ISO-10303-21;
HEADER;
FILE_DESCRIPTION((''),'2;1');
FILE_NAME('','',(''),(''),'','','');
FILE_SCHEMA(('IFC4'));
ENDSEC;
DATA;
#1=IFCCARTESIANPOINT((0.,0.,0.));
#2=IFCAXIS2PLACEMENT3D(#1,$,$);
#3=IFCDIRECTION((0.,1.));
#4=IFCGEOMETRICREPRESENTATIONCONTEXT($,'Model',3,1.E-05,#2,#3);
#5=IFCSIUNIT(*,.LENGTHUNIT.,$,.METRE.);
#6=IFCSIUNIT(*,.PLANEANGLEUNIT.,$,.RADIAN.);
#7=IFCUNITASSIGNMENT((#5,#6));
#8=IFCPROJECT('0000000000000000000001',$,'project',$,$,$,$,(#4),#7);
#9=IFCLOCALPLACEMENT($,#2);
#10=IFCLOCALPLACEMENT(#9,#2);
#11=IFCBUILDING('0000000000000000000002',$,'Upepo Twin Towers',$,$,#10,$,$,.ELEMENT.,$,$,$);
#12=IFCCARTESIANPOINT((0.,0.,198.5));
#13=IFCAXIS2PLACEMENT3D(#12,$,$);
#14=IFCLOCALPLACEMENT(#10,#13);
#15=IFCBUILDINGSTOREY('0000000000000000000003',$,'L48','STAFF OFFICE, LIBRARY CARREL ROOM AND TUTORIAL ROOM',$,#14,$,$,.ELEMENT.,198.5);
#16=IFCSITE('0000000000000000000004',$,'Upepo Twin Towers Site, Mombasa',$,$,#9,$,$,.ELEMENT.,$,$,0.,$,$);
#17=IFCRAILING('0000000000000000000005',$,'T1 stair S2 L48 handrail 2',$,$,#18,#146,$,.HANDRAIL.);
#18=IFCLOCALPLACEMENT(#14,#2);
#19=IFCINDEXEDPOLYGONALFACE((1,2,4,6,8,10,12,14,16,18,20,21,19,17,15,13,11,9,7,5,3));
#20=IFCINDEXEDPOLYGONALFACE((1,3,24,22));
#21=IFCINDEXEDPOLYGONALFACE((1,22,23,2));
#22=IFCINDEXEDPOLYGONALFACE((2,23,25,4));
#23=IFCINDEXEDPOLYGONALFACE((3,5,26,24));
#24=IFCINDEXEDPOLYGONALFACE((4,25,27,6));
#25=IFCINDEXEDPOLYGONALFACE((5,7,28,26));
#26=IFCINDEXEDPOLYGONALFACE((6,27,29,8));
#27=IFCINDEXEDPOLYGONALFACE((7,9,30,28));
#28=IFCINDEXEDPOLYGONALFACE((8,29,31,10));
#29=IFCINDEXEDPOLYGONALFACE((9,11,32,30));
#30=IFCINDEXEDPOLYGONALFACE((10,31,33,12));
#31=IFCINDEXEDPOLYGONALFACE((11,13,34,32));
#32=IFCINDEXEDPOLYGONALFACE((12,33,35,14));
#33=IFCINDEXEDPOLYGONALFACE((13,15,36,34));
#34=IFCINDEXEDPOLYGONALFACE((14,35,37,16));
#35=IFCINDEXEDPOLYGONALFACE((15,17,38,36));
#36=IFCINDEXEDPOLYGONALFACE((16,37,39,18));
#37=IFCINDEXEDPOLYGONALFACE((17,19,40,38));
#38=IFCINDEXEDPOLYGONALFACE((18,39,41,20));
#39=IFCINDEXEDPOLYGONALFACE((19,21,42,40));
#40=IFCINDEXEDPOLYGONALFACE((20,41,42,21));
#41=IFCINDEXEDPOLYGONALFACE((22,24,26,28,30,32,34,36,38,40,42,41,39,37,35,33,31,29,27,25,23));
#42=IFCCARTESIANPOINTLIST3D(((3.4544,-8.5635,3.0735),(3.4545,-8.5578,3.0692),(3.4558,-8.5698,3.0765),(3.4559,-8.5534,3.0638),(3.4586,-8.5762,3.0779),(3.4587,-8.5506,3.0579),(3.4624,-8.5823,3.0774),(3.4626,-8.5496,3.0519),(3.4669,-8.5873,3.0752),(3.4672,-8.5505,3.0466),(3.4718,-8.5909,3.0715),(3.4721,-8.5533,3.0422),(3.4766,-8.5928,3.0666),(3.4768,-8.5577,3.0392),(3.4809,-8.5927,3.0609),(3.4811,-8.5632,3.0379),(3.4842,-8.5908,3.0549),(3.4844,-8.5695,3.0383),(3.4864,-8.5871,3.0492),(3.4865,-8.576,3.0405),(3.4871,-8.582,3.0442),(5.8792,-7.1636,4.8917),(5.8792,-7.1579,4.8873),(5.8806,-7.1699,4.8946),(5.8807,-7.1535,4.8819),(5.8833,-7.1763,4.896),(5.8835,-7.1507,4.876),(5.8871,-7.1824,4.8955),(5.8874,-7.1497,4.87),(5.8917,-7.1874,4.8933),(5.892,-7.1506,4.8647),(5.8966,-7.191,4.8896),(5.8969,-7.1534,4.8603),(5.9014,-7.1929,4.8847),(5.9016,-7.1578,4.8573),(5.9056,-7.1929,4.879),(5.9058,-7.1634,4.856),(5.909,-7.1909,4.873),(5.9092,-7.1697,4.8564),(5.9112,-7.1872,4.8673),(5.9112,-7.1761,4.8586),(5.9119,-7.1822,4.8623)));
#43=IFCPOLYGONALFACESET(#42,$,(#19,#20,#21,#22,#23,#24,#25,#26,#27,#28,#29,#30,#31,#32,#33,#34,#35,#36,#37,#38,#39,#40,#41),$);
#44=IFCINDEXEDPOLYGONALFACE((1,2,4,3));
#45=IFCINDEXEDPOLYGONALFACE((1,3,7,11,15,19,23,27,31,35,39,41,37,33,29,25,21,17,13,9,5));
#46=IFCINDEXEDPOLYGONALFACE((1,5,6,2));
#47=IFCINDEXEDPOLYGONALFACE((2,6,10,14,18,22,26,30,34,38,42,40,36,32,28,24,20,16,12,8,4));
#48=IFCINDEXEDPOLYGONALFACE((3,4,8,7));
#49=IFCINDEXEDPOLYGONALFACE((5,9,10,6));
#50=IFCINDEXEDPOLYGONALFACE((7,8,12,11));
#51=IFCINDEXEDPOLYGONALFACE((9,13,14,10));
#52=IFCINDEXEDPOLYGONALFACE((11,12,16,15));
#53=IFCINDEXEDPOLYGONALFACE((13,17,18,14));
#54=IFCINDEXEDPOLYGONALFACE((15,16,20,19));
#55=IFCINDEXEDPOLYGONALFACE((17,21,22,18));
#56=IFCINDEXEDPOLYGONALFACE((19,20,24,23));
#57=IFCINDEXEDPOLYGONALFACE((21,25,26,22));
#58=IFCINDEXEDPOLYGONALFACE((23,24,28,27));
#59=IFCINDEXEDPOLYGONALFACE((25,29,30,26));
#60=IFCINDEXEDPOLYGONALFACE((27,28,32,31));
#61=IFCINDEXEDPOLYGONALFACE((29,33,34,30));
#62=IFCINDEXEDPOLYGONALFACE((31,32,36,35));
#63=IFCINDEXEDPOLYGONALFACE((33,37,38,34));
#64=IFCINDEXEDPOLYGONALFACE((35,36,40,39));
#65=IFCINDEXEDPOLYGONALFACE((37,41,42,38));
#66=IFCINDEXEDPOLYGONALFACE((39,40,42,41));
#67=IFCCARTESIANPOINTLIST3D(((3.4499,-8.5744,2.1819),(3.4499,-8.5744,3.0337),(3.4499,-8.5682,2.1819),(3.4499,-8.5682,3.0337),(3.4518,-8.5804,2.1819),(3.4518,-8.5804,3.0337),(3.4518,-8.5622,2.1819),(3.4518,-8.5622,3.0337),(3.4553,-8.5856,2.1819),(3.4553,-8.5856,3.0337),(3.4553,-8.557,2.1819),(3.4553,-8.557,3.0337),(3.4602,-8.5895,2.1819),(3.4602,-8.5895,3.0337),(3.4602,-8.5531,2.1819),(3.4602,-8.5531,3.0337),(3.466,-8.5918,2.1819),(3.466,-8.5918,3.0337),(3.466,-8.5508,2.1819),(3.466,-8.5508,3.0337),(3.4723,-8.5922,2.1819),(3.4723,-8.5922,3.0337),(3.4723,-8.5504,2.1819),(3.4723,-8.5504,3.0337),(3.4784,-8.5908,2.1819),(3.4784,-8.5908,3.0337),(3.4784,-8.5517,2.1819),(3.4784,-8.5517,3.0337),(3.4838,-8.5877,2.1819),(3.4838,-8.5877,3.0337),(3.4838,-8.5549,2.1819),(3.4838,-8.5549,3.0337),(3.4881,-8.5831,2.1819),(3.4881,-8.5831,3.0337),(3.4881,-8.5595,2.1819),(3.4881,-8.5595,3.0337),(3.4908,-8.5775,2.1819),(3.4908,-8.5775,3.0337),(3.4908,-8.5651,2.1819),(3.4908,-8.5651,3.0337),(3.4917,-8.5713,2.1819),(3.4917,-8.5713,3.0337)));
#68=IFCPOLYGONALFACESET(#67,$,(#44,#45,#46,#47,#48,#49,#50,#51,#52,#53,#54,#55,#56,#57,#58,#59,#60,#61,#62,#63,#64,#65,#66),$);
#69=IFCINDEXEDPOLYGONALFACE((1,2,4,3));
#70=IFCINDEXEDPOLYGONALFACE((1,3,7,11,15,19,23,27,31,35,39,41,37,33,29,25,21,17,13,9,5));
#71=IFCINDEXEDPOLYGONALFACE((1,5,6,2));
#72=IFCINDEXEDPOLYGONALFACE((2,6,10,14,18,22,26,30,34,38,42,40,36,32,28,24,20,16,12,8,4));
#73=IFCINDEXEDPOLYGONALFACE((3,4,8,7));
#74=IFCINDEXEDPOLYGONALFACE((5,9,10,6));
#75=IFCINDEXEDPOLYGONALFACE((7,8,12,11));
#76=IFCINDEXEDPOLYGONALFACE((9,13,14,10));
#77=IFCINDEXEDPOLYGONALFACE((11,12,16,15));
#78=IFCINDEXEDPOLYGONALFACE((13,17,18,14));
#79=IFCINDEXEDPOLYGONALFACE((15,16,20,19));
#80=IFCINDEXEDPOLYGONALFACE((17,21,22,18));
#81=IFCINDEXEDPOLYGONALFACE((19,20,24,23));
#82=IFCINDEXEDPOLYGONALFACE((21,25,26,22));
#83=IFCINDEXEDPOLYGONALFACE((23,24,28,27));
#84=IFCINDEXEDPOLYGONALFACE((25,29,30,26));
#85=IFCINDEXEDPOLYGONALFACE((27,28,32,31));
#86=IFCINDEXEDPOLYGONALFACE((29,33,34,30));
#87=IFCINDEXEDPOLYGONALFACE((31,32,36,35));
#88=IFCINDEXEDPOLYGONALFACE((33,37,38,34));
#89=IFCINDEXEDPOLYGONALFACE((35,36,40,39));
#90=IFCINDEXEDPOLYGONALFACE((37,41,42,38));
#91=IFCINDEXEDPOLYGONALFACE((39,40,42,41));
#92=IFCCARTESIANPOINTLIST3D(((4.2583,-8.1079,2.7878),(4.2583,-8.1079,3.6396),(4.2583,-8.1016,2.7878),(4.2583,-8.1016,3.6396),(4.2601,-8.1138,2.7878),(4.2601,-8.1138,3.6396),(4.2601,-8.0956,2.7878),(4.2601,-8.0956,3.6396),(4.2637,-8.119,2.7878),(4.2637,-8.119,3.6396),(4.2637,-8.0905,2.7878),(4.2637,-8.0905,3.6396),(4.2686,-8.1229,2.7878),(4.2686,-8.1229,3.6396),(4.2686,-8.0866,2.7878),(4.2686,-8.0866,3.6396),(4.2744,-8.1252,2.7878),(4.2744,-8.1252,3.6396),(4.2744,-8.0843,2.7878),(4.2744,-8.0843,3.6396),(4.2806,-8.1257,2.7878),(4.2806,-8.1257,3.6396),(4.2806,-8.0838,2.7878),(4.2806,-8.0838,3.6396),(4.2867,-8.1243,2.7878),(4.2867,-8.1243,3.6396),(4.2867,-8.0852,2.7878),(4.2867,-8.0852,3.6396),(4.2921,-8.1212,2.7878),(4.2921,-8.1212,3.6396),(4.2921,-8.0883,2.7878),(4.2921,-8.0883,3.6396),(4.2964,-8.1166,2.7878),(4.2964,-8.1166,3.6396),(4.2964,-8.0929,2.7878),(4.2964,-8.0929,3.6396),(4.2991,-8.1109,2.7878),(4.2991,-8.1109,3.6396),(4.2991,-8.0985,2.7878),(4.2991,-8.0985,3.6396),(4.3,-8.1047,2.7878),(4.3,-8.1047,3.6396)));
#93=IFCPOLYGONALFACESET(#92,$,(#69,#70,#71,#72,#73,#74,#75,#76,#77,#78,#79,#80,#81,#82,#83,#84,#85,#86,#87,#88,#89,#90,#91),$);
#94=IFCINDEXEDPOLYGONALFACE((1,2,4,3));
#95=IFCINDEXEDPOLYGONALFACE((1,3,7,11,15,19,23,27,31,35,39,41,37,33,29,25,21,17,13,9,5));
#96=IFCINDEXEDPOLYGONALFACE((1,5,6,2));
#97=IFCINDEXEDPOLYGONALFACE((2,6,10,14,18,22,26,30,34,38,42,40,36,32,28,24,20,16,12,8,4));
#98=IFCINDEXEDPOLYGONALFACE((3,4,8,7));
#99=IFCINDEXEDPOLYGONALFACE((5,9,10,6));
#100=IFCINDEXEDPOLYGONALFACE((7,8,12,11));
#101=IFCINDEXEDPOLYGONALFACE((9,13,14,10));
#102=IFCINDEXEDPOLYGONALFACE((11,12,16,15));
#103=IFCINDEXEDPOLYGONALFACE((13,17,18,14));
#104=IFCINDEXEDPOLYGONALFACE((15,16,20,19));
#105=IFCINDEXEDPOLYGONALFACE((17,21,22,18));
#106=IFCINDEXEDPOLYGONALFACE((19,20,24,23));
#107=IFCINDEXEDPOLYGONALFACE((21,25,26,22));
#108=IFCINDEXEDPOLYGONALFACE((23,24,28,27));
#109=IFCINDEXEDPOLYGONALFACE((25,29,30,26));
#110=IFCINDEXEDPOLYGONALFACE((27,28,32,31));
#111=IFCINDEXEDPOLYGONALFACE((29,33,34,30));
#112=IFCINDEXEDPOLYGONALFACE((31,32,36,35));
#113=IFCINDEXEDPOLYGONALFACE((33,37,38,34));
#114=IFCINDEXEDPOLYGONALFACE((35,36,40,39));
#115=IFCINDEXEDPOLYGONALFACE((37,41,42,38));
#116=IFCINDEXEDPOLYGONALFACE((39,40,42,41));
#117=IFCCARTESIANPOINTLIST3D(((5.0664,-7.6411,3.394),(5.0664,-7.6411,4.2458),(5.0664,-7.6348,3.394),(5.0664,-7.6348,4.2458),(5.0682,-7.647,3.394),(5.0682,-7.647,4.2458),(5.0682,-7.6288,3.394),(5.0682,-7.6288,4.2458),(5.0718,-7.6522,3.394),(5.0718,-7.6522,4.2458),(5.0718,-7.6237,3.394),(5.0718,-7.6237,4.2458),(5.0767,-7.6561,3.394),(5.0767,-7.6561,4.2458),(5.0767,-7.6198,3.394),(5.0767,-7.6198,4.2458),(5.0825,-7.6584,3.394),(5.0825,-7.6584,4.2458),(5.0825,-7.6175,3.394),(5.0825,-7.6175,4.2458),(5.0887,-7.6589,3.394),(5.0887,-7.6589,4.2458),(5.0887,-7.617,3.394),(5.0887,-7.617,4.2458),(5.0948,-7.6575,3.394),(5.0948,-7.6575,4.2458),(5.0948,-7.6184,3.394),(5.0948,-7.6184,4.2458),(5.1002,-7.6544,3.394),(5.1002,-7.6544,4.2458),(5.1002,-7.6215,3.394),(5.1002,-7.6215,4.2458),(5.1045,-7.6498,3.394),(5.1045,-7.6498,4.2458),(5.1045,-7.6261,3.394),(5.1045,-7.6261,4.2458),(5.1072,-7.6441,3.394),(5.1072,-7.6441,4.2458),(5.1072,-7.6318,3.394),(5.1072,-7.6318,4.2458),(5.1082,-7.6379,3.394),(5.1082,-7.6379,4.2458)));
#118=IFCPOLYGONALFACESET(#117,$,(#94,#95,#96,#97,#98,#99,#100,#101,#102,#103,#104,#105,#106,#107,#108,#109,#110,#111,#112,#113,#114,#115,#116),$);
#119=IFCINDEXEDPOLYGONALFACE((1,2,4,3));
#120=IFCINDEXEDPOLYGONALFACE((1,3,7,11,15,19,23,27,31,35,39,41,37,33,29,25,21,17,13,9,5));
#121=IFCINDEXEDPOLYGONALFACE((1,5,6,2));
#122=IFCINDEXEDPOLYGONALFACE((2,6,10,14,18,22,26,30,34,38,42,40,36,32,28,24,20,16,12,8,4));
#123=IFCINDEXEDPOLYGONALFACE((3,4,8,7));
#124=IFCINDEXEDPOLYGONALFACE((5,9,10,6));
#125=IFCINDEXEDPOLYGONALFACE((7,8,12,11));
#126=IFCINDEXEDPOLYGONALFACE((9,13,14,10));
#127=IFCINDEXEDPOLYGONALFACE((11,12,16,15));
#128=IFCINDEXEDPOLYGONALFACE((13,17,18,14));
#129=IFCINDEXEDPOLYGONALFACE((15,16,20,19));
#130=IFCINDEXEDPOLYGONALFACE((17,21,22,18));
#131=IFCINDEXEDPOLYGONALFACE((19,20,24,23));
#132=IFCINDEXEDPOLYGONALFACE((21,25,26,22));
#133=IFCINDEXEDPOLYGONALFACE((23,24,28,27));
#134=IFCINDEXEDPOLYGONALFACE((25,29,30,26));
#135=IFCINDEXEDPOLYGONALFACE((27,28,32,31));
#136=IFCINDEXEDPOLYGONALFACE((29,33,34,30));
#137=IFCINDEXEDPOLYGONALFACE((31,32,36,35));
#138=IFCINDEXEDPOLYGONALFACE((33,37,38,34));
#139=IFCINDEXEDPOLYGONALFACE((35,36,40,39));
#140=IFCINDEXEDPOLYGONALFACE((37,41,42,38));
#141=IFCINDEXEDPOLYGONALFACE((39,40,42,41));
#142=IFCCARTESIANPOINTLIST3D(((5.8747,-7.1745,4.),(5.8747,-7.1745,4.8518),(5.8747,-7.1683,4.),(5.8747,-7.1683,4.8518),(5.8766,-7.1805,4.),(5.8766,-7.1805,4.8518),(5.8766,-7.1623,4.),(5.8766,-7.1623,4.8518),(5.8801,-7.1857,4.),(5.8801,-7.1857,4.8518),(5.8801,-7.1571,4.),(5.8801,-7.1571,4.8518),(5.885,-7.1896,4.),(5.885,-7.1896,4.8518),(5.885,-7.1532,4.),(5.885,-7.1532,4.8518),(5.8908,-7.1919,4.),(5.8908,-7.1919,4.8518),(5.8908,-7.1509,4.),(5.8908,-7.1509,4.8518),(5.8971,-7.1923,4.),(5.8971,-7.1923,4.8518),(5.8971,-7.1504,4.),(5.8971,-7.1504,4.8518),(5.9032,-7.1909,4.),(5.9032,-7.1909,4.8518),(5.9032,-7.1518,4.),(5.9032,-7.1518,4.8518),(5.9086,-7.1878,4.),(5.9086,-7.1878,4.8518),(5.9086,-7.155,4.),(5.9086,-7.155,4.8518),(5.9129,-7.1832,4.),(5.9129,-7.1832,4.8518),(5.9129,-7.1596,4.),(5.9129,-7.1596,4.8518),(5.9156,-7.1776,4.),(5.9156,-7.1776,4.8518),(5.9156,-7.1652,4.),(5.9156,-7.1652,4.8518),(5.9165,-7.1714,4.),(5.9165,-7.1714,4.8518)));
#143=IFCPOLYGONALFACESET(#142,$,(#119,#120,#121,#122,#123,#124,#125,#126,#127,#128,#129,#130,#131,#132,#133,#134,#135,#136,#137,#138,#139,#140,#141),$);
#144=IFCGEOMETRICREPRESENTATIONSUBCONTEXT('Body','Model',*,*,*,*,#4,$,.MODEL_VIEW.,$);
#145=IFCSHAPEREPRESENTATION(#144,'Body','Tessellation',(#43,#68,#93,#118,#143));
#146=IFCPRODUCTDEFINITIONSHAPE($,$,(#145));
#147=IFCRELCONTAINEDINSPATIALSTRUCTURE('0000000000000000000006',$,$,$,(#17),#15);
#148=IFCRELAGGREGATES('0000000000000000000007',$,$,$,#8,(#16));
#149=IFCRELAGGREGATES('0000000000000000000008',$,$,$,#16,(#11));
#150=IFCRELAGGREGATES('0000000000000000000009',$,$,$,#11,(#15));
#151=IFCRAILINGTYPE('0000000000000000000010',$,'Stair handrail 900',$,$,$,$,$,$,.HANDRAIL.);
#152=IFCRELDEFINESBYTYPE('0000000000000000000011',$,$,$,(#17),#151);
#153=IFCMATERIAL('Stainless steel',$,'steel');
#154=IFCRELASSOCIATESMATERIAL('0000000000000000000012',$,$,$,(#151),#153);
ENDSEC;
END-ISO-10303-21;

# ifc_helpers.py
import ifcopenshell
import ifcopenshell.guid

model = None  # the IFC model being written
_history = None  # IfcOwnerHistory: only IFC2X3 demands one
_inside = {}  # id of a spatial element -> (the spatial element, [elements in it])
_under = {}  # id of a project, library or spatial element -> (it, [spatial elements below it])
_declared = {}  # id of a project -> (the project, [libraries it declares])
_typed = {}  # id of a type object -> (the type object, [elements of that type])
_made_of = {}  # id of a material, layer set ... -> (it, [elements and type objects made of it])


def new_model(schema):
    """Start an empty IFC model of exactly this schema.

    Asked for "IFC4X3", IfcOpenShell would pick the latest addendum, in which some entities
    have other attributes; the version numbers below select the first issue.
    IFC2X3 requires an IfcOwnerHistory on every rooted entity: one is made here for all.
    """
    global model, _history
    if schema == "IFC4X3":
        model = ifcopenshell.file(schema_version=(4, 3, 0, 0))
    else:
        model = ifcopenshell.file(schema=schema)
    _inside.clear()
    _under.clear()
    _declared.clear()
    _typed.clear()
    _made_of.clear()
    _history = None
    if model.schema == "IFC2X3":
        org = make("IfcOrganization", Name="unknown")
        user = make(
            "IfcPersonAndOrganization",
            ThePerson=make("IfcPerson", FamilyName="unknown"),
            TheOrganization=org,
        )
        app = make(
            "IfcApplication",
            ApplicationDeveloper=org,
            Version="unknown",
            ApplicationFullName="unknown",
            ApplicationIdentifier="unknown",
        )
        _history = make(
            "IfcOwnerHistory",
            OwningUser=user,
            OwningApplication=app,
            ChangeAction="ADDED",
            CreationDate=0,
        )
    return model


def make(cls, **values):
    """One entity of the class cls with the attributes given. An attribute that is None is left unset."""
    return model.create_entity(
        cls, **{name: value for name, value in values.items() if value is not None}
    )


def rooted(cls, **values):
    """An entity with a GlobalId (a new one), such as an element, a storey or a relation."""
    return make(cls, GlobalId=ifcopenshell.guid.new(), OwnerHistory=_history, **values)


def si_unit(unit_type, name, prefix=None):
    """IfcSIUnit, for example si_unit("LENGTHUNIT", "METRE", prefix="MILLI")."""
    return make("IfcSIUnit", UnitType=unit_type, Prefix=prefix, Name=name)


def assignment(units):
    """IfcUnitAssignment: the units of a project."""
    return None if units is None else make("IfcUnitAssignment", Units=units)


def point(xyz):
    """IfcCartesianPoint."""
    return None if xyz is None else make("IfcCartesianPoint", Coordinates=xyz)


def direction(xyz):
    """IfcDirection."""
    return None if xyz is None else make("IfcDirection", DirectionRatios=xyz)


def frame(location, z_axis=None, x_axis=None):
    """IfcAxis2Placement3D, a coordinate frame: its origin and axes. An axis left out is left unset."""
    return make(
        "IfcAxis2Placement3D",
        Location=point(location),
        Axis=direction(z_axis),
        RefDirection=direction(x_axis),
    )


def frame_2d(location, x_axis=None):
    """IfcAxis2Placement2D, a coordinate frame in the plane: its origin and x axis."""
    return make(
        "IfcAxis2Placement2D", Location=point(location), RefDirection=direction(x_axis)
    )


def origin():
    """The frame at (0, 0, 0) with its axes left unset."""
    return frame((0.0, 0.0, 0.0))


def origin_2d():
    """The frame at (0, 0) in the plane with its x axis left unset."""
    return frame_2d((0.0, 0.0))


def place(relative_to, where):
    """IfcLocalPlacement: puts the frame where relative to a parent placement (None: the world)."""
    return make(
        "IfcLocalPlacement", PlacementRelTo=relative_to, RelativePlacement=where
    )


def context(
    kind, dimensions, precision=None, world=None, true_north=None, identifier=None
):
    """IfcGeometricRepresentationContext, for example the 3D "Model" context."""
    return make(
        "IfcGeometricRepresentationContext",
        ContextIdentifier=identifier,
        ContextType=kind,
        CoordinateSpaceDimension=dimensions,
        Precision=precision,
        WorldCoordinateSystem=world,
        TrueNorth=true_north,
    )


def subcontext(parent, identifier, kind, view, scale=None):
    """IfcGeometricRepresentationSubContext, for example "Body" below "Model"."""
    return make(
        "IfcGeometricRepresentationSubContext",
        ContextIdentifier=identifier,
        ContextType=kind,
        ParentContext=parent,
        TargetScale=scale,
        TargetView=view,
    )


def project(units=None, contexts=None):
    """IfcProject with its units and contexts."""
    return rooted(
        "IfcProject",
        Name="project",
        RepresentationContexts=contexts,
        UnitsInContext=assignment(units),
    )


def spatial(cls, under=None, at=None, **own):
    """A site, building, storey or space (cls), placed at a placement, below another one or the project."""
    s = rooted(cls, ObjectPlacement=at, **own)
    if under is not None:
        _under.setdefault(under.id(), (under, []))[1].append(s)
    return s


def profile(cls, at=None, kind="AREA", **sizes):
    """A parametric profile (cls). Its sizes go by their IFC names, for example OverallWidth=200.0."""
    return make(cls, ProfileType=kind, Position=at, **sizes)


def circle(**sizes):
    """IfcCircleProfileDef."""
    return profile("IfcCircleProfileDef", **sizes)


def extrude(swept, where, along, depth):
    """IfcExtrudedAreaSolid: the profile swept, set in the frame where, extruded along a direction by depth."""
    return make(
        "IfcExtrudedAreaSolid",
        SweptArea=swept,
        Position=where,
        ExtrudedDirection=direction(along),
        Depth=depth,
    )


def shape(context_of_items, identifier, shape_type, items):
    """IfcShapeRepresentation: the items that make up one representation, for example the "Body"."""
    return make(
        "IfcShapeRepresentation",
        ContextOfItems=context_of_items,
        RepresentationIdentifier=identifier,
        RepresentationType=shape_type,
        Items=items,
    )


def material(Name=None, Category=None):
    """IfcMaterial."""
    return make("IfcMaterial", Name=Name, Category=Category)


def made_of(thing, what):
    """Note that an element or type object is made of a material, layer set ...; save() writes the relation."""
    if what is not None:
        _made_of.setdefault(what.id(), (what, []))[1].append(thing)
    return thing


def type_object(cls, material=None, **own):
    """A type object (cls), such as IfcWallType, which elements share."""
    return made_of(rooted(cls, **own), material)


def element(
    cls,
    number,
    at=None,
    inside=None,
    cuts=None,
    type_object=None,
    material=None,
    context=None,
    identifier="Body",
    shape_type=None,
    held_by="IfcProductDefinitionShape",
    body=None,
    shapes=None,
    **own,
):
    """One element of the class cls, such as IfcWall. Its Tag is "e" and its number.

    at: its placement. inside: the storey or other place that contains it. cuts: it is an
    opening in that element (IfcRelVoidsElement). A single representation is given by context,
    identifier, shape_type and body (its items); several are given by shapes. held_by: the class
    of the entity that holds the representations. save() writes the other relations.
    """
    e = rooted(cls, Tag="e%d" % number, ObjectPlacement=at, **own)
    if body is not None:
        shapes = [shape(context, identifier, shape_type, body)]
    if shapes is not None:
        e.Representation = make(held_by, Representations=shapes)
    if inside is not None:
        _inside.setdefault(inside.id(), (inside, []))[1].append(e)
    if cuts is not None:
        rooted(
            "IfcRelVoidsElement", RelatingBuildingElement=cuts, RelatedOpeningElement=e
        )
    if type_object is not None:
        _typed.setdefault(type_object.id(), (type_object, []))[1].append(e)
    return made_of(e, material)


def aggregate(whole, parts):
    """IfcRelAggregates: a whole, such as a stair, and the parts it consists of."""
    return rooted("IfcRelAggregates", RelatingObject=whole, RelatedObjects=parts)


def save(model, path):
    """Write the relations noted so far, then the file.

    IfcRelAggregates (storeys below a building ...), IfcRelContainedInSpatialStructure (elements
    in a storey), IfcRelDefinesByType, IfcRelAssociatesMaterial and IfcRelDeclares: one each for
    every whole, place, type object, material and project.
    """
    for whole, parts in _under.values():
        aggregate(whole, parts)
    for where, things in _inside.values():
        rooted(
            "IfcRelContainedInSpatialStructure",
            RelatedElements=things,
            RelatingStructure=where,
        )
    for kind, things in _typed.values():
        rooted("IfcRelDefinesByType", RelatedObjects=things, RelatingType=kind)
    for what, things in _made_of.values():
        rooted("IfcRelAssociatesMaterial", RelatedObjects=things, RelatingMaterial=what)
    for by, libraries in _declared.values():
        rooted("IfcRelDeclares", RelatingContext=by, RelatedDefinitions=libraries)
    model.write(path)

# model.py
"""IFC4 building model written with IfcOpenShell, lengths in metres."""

from ifc_helpers import new_model, si_unit, direction, frame, origin, origin_2d, place, context, subcontext, project, spatial, circle, extrude, material, type_object, element, save


model = new_model("IFC4")

# Units and contexts
model_context = context("Model", 3, precision=1e-05, world=origin(), true_north=direction((0.0, 1.0)))
body_context = subcontext(model_context, "Body", "Model", "MODEL_VIEW")
ifc_project = project(units=[si_unit("LENGTHUNIT", "METRE"), si_unit("PLANEANGLEUNIT", "RADIAN")], contexts=[model_context])

# Site, building, storey
site_placement = place(None, origin())
site = spatial("IfcSite", under=ifc_project, at=site_placement, Name="Upepo Twin Towers Site, Mombasa", CompositionType="ELEMENT", RefElevation=0.0)
building_placement = place(site_placement, origin())
building = spatial("IfcBuilding", under=site, at=building_placement, Name="Upepo Twin Towers", CompositionType="ELEMENT")
storey_placement = place(building_placement, frame((0.0, 0.0, 198.5)))
storey = spatial("IfcBuildingStorey", under=building, at=storey_placement, Name="L48", Description="STAFF OFFICE, LIBRARY CARREL ROOM AND TUTORIAL ROOM", CompositionType="ELEMENT", Elevation=198.5)

# Railing
ifc_material_1 = material(Name="Stainless steel", Category="steel")
railing_type = type_object("IfcRailingType", Name="Stair handrail 900", PredefinedType="HANDRAIL", material=ifc_material_1)
railing_1_placement = place(storey_placement, frame((3.4707, -8.5713, 2.1819)))
element("IfcRailing", 1, at=railing_1_placement, inside=storey, type_object=railing_type, Name="T1 stair S2 L48 handrail 2", PredefinedType="HANDRAIL", context=body_context, shape_type="SweptSolid", body=[
    extrude(circle(Radius=0.0239, at=origin_2d()), frame((0.0, 0.0, 0.876), z_axis=(0.726336, 0.419333, 0.544606), x_axis=(-0.499984, 0.866035, 0.0)), (0.0, 0.0, 1.0), 3.3384),
    extrude(circle(Radius=0.021, at=origin_2d()), origin(), (0.0, 0.0, 1.0), 0.8518),
    extrude(circle(Radius=0.021, at=origin_2d()), frame((0.8083, 0.4666, 0.606)), (0.0, 0.0, 1.0), 0.8518),
    extrude(circle(Radius=0.021, at=origin_2d()), frame((1.6165, 0.9333, 1.2122)), (0.0, 0.0, 1.0), 0.8518),
    extrude(circle(Radius=0.021, at=origin_2d()), frame((2.4248, 1.3999, 1.8181)), (0.0, 0.0, 1.0), 0.8518),
])

save(model, "model.ifc")
